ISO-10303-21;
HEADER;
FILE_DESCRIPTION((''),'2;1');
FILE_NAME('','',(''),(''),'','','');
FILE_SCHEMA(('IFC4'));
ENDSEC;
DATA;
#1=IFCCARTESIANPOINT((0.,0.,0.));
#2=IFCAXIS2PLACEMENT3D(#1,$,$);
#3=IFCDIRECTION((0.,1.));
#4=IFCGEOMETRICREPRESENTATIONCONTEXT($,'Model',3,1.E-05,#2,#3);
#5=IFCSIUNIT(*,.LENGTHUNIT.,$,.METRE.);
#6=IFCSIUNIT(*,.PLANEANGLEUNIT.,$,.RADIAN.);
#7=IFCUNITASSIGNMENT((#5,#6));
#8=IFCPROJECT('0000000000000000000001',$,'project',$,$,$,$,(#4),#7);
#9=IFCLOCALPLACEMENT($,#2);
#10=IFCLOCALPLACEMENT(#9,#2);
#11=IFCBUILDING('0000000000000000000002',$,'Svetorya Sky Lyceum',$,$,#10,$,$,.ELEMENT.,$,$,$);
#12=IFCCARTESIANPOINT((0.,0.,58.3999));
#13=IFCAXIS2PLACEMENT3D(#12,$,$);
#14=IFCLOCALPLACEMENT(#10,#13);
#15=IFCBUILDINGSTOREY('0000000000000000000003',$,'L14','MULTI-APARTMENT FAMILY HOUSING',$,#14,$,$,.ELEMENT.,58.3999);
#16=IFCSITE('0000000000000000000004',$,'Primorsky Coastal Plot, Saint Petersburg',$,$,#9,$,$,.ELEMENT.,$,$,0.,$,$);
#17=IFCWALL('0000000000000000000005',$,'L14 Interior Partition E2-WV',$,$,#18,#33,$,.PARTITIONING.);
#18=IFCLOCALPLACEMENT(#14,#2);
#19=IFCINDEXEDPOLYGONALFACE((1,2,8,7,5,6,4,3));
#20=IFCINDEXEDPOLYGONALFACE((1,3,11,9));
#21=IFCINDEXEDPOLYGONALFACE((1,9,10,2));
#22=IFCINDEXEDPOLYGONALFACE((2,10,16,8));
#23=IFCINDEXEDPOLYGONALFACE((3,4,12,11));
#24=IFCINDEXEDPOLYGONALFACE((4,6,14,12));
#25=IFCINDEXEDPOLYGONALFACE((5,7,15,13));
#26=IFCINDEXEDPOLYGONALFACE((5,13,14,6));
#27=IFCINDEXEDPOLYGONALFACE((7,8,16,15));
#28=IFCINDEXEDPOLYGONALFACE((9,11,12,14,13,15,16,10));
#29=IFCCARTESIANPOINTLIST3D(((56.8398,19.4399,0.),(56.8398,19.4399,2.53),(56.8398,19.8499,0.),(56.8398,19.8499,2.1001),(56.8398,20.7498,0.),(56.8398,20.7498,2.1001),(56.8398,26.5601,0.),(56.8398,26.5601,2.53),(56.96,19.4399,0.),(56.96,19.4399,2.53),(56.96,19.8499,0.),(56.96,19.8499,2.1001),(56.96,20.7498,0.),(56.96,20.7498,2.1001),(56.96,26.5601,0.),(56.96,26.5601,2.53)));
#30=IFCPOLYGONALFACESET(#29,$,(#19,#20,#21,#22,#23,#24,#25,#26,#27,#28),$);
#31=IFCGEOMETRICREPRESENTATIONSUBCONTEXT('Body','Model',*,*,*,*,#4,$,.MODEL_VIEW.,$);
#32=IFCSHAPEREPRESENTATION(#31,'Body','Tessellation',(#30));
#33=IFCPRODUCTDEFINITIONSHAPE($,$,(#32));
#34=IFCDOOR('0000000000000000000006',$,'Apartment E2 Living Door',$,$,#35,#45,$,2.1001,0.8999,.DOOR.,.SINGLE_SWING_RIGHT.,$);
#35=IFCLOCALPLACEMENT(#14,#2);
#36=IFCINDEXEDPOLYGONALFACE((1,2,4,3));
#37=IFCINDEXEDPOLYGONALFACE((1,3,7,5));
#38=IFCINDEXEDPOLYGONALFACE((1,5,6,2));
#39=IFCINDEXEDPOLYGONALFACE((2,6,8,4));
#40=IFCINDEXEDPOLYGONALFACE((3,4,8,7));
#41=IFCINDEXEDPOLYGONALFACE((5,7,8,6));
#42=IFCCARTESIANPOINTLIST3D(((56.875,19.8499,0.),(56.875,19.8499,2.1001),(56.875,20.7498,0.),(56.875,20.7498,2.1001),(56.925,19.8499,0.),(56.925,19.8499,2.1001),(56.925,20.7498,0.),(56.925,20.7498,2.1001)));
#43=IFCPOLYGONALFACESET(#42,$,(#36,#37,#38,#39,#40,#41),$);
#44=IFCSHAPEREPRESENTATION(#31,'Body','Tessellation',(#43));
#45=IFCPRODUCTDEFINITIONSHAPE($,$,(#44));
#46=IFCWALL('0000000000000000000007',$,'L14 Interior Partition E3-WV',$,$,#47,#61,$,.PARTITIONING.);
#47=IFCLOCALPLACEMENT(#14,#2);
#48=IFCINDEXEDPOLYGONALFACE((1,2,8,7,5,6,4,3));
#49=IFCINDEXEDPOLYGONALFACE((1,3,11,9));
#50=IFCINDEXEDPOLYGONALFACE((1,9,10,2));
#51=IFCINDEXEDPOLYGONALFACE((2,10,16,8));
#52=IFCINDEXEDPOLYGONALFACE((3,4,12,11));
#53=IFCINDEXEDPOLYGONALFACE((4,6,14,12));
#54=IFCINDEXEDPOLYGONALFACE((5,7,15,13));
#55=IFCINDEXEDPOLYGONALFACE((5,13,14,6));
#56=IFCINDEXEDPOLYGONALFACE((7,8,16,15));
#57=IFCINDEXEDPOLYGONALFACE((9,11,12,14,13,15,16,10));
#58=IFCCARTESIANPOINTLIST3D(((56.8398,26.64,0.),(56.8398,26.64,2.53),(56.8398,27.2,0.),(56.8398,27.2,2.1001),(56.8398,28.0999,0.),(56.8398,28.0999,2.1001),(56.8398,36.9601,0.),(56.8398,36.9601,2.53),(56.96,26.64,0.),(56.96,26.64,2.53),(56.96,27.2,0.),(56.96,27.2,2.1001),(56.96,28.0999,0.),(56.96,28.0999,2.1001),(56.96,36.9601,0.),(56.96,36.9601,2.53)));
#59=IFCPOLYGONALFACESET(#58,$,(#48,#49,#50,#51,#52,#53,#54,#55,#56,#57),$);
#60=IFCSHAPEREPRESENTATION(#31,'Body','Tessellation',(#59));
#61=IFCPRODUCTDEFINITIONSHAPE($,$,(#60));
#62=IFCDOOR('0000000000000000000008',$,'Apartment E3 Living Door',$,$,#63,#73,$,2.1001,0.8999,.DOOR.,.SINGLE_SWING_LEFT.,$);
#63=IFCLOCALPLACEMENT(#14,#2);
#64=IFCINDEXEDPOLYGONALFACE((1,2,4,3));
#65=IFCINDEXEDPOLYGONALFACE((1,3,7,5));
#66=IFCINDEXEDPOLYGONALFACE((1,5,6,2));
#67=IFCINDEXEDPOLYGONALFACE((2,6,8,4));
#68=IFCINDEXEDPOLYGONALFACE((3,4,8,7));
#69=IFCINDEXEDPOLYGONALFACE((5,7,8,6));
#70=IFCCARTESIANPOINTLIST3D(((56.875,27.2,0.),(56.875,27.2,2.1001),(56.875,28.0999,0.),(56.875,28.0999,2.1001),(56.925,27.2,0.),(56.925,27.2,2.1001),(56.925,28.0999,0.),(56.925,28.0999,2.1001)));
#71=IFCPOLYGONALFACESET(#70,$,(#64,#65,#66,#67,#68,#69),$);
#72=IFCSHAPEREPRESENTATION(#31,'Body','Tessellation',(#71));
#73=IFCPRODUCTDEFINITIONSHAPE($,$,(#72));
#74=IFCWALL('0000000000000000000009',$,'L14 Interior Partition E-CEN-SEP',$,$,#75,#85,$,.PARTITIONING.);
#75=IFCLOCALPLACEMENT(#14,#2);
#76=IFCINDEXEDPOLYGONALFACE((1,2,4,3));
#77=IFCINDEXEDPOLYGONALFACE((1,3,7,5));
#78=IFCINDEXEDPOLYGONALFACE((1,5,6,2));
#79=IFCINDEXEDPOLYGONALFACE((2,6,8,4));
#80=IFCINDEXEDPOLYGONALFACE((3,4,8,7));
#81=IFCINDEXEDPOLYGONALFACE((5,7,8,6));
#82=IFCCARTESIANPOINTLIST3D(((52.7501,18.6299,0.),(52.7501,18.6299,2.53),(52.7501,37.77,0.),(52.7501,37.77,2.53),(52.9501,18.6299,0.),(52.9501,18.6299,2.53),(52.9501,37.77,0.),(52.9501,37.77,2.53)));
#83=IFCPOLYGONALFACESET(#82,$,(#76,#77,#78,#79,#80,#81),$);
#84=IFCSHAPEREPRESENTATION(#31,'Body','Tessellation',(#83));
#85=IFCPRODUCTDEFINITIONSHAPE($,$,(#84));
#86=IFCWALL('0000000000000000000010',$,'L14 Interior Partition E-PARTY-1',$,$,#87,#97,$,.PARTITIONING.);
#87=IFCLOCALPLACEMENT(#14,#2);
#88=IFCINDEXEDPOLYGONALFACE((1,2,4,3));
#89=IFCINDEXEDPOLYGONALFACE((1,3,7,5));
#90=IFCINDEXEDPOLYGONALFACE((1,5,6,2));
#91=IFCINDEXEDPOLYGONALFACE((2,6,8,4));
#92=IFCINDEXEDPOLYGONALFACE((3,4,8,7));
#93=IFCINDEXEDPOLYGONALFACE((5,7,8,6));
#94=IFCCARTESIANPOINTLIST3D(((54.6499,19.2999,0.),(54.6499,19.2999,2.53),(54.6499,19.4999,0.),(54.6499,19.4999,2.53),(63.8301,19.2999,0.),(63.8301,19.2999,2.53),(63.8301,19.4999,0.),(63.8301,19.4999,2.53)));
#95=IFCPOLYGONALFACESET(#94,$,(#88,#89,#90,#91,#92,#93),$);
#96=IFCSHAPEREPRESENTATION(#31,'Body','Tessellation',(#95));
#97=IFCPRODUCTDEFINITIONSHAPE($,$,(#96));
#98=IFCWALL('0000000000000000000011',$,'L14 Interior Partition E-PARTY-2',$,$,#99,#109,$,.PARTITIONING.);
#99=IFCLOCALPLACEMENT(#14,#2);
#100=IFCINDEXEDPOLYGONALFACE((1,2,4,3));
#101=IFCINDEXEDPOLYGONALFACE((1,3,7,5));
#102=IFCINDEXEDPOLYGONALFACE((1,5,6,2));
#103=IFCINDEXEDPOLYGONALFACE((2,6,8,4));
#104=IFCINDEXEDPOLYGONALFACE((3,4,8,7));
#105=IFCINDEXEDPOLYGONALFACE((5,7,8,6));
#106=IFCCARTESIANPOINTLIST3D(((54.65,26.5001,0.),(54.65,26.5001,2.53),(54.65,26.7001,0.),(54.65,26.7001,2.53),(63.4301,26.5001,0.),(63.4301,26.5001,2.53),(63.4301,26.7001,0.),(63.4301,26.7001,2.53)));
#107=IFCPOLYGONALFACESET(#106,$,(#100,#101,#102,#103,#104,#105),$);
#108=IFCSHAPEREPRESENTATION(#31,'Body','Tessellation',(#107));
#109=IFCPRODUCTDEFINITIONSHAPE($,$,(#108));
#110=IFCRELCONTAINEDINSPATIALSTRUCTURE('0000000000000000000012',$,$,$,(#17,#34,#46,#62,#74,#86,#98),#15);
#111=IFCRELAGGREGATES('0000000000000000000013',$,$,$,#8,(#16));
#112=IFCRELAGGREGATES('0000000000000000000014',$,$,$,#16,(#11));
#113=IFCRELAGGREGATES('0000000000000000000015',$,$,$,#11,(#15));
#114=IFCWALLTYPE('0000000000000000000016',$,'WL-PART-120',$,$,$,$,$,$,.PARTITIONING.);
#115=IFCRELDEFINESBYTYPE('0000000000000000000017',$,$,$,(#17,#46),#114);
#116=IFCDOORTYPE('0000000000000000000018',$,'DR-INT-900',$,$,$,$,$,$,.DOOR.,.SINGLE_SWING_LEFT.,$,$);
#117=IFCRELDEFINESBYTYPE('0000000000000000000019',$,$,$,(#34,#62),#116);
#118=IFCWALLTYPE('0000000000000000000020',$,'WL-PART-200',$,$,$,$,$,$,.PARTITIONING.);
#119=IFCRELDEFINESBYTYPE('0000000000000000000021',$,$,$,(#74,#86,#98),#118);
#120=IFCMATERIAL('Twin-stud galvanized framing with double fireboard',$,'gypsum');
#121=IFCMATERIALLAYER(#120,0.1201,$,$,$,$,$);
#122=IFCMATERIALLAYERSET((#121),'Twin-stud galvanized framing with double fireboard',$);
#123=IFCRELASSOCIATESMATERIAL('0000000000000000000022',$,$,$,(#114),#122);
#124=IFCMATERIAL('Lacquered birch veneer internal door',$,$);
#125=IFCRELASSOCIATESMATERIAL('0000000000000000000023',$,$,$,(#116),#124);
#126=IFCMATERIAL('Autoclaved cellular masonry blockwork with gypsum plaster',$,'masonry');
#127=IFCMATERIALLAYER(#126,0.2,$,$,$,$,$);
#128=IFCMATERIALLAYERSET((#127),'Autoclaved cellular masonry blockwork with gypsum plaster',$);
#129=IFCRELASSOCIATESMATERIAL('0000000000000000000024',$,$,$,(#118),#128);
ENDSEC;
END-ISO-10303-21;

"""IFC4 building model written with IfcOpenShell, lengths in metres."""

from ifc_helpers import new_model, si_unit, direction, frame, frame_2d, origin, place, context, subcontext, project, spatial, rectangle, extrude, material, layer, layer_set, type_object, element, fill, save


model = new_model("IFC4")

# Units and contexts
model_context = context("Model", 3, precision=1e-05, world=origin(), true_north=direction((0.0, 1.0)))
body_context = subcontext(model_context, "Body", "Model", "MODEL_VIEW")
ifc_project = project(units=[si_unit("LENGTHUNIT", "METRE"), si_unit("PLANEANGLEUNIT", "RADIAN")], contexts=[model_context])

# Site, building, storey
site_placement = place(None, origin())
site = spatial("IfcSite", under=ifc_project, at=site_placement, Name="Primorsky Coastal Plot, Saint Petersburg", CompositionType="ELEMENT", RefElevation=0.0)
building_placement = place(site_placement, origin())
building = spatial("IfcBuilding", under=site, at=building_placement, Name="Svetorya Sky Lyceum", CompositionType="ELEMENT")
storey_placement = place(building_placement, frame((0.0, 0.0, 58.3999)))
storey = spatial("IfcBuildingStorey", under=building, at=storey_placement, Name="L14", Description="MULTI-APARTMENT FAMILY HOUSING", CompositionType="ELEMENT", Elevation=58.3999)

# Walls, openings, doors
ifc_material_1 = material(Name="Twin-stud galvanized framing with double fireboard", Category="gypsum")
ifc_layer_1 = layer(ifc_material_1, 0.1201)
ifc_layer_set_1 = layer_set([ifc_layer_1], Name="Twin-stud galvanized framing with double fireboard")
wall_type_1 = type_object("IfcWallType", Name="WL-PART-120", PredefinedType="PARTITIONING", material=ifc_layer_set_1)
ifc_material_2 = material(Name="Lacquered birch veneer internal door")
door_type_1 = type_object("IfcDoorType", Name="DR-INT-900", OperationType="SINGLE_SWING_LEFT", PredefinedType="DOOR", material=ifc_material_2)
wall_1_placement = place(storey_placement, frame((56.8999, 19.4399, 0.0), z_axis=(0.0, 0.0, 1.0), x_axis=(0.0, 1.0, 0.0)))
wall_1 = element("IfcWall", 1, at=wall_1_placement, inside=storey, type_object=wall_type_1, Name="L14 Interior Partition E2-WV", PredefinedType="PARTITIONING", context=body_context, shape_type="SweptSolid", body=[
    extrude(rectangle(XDim=7.1201, YDim=0.1201, at=frame_2d((3.5601, 0.0))), origin(), (0.0, 0.0, 1.0), 2.53),
])
opening_1_placement = place(wall_1_placement, frame((0.4099, 0.0, 0.0)))
opening_1 = element("IfcOpeningElement", 2, at=opening_1_placement, cuts=wall_1, PredefinedType="OPENING", context=body_context, shape_type="SweptSolid", body=[
    extrude(rectangle(XDim=0.8999, YDim=2.1001, at=frame_2d((0.45, 1.05))), frame((0.0, 0.0701, 0.0), z_axis=(0.0, -1.0, 0.0), x_axis=(1.0, 0.0, 0.0)), (0.0, 0.0, 1.0), 0.1401),
])
door_1_placement = place(opening_1_placement, origin())
door_1 = element("IfcDoor", 3, at=door_1_placement, inside=storey, type_object=door_type_1, Name="Apartment E2 Living Door", OperationType="SINGLE_SWING_RIGHT", OverallHeight=2.1001, OverallWidth=0.8999, PredefinedType="DOOR", context=body_context, shape_type="SweptSolid", body=[
    extrude(rectangle(XDim=0.8999, YDim=2.1001, at=frame_2d((0.45, 1.05))), frame((0.0, 0.0249, 0.0), z_axis=(0.0, -1.0, 0.0), x_axis=(1.0, 0.0, 0.0)), (0.0, 0.0, 1.0), 0.05),
])
fill(opening_1, door_1)
wall_2_placement = place(storey_placement, frame((56.8999, 26.6399, 0.0), z_axis=(0.0, 0.0, 1.0), x_axis=(0.0, 1.0, 0.0)))
wall_2 = element("IfcWall", 4, at=wall_2_placement, inside=storey, type_object=wall_type_1, Name="L14 Interior Partition E3-WV", PredefinedType="PARTITIONING", context=body_context, shape_type="SweptSolid", body=[
    extrude(rectangle(XDim=10.3201, YDim=0.1201, at=frame_2d((5.1602, 0.0))), origin(), (0.0, 0.0, 1.0), 2.53),
])
opening_2_placement = place(wall_2_placement, frame((0.5601, 0.0, 0.0)))
opening_2 = element("IfcOpeningElement", 5, at=opening_2_placement, cuts=wall_2, PredefinedType="OPENING", context=body_context, shape_type="SweptSolid", body=[
    extrude(rectangle(XDim=0.8999, YDim=2.1001, at=frame_2d((0.45, 1.05))), frame((0.0, 0.0701, 0.0), z_axis=(0.0, -1.0, 0.0), x_axis=(1.0, 0.0, 0.0)), (0.0, 0.0, 1.0), 0.1401),
])
door_2_placement = place(opening_2_placement, origin())
door_2 = element("IfcDoor", 6, at=door_2_placement, inside=storey, type_object=door_type_1, Name="Apartment E3 Living Door", OperationType="SINGLE_SWING_LEFT", OverallHeight=2.1001, OverallWidth=0.8999, PredefinedType="DOOR", context=body_context, shape_type="SweptSolid", body=[
    extrude(rectangle(XDim=0.8999, YDim=2.1001, at=frame_2d((0.45, 1.05))), frame((0.0, 0.0249, 0.0), z_axis=(0.0, -1.0, 0.0), x_axis=(1.0, 0.0, 0.0)), (0.0, 0.0, 1.0), 0.05),
])
fill(opening_2, door_2)

# Walls
ifc_material_3 = material(Name="Autoclaved cellular masonry blockwork with gypsum plaster", Category="masonry")
ifc_layer_2 = layer(ifc_material_3, 0.2)
ifc_layer_set_2 = layer_set([ifc_layer_2], Name="Autoclaved cellular masonry blockwork with gypsum plaster")
wall_type_2 = type_object("IfcWallType", Name="WL-PART-200", PredefinedType="PARTITIONING", material=ifc_layer_set_2)
wall_3_placement = place(storey_placement, frame((52.8501, 18.6299, 0.0), z_axis=(0.0, 0.0, 1.0), x_axis=(0.0, 1.0, 0.0)))
element("IfcWall", 7, at=wall_3_placement, inside=storey, type_object=wall_type_2, Name="L14 Interior Partition E-CEN-SEP", PredefinedType="PARTITIONING", context=body_context, shape_type="SweptSolid", body=[
    extrude(rectangle(XDim=19.1401, YDim=0.2, at=frame_2d((9.5701, 0.0))), origin(), (0.0, 0.0, 1.0), 2.53),
])
wall_4_placement = place(storey_placement, frame((54.6499, 19.3999, 0.0), z_axis=(0.0, 0.0, 1.0), x_axis=(1.0, 0.0, 0.0)))
element("IfcWall", 8, at=wall_4_placement, inside=storey, type_object=wall_type_2, Name="L14 Interior Partition E-PARTY-1", PredefinedType="PARTITIONING", context=body_context, shape_type="SweptSolid", body=[
    extrude(rectangle(XDim=9.1802, YDim=0.2, at=frame_2d((4.5901, 0.0))), origin(), (0.0, 0.0, 1.0), 2.53),
])
wall_5_placement = place(storey_placement, frame((54.6499, 26.6001, 0.0), z_axis=(0.0, 0.0, 1.0), x_axis=(1.0, 0.0, 0.0)))
element("IfcWall", 9, at=wall_5_placement, inside=storey, type_object=wall_type_2, Name="L14 Interior Partition E-PARTY-2", PredefinedType="PARTITIONING", context=body_context, shape_type="SweptSolid", body=[
    extrude(rectangle(XDim=8.78, YDim=0.2, at=frame_2d((4.3901, 0.0))), origin(), (0.0, 0.0, 1.0), 2.53),
])

save(model, "model.ifc")
